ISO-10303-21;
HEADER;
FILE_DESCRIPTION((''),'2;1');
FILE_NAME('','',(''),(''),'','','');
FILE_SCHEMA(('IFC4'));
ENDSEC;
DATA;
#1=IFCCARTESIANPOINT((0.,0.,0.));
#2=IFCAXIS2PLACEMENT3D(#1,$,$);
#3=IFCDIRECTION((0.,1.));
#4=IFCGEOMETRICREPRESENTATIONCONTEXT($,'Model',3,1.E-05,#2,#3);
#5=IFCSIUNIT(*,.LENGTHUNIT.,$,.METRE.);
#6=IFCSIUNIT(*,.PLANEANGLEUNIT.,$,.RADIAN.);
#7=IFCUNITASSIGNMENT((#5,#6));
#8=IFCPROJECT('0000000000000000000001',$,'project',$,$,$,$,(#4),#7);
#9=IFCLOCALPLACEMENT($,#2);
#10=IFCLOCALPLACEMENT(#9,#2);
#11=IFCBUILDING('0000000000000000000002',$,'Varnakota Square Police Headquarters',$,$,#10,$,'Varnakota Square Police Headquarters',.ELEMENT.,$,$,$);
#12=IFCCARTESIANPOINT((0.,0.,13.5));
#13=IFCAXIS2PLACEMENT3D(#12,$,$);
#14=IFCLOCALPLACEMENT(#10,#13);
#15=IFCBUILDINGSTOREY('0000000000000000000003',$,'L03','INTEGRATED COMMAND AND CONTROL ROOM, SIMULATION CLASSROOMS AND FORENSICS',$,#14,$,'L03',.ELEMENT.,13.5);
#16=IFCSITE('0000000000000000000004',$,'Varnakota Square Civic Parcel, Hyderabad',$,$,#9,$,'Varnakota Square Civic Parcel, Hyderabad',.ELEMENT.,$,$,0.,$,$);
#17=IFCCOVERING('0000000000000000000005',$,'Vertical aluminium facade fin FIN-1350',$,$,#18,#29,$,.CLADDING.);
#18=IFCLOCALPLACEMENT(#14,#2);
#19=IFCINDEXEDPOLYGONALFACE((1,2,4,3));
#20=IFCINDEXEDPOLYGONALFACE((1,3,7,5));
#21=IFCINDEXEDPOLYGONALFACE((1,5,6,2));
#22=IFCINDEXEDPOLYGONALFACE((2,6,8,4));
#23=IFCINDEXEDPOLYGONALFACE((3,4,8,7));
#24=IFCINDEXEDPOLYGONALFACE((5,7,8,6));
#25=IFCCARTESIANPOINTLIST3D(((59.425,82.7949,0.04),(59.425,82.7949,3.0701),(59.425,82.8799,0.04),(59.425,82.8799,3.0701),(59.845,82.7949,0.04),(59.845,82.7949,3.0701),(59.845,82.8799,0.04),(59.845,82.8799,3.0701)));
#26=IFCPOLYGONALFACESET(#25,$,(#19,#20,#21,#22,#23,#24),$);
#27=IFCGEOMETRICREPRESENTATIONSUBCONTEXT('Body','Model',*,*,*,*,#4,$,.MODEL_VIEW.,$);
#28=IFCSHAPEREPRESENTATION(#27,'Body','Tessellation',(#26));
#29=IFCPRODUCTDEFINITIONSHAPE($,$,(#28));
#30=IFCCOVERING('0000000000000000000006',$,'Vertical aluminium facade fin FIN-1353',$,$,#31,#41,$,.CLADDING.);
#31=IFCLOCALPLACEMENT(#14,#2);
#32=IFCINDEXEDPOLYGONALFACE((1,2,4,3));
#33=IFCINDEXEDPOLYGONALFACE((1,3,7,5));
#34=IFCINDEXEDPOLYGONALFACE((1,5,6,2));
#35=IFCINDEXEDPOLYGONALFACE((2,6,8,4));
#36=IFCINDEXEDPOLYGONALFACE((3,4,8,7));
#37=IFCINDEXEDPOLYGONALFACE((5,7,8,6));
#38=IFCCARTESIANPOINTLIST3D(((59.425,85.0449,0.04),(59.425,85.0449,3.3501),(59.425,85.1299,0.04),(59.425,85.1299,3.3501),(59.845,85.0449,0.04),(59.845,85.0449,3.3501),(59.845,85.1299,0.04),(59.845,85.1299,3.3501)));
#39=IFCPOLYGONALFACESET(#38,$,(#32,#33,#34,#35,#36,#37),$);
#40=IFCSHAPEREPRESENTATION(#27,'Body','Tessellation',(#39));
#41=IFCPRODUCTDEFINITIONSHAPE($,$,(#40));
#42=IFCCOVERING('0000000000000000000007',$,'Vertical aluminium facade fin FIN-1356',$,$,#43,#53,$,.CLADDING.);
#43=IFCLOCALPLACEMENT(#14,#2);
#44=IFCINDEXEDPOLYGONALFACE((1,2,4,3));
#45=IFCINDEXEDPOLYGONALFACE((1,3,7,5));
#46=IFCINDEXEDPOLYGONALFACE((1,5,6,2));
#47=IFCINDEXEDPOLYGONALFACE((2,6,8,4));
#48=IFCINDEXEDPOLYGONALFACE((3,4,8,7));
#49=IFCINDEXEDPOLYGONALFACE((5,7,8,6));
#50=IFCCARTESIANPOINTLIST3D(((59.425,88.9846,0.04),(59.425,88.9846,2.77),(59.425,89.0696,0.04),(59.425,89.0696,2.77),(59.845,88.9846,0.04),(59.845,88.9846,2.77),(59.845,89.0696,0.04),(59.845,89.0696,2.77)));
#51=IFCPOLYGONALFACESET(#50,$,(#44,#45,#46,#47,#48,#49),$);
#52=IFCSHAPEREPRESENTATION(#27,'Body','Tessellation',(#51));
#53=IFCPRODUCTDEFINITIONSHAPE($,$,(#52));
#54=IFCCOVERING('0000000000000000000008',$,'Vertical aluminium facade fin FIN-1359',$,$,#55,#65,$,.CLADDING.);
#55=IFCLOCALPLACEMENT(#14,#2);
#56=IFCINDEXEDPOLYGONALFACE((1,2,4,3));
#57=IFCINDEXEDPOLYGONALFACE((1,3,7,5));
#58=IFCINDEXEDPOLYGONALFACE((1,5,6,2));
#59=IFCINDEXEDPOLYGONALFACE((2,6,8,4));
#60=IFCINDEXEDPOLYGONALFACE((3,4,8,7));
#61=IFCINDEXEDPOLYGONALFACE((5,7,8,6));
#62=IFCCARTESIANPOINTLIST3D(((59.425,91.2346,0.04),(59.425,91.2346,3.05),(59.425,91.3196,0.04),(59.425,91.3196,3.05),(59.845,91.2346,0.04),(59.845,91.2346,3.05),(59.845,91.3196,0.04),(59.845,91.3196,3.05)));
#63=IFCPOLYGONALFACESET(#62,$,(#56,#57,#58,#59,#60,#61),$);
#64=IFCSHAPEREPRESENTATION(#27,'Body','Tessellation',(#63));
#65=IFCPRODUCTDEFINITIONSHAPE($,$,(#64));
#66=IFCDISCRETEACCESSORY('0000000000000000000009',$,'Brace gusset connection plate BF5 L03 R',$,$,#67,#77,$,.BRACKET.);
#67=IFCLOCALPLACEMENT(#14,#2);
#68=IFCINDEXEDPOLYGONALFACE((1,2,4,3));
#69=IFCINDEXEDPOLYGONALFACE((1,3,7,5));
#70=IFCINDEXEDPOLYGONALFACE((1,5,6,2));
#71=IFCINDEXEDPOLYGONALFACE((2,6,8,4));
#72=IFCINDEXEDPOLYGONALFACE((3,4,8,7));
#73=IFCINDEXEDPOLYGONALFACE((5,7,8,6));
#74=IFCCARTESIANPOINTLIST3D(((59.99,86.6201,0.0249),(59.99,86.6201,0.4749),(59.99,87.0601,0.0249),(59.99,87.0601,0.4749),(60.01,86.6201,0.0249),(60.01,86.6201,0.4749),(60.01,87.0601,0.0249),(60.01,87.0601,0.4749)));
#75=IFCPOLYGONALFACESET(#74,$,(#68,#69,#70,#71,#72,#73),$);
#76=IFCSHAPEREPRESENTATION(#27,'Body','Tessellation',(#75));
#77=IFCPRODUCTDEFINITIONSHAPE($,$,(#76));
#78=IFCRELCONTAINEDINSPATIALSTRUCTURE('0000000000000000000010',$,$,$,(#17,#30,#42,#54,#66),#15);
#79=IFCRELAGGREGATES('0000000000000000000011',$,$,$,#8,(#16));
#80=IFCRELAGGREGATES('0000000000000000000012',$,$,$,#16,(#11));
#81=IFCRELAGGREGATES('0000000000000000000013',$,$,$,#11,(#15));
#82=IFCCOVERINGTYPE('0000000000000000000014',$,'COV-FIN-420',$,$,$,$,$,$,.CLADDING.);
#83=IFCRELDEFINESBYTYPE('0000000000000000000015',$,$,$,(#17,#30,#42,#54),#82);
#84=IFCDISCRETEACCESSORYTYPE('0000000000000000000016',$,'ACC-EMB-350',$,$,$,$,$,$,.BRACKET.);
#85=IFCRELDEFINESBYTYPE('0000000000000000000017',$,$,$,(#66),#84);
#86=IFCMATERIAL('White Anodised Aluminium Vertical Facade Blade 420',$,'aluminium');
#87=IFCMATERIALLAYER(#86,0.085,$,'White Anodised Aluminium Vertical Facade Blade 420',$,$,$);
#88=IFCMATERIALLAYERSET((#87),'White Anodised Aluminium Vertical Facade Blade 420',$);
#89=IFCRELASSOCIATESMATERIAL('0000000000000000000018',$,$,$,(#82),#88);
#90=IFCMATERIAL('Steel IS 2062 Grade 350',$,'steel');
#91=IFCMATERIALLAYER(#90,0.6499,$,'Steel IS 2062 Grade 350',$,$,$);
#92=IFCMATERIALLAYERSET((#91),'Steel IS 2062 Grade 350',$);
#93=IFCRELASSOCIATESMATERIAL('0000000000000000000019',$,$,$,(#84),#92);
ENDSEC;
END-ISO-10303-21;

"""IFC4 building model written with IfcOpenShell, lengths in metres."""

from ifc_helpers import new_model, si_unit, direction, frame, origin, origin_2d, place, context, subcontext, project, spatial, rectangle, extrude, material, layer, layer_set, type_object, element, save


model = new_model("IFC4")

# Units and contexts
model_context = context("Model", 3, precision=1e-05, world=origin(), true_north=direction((0.0, 1.0)))
body_context = subcontext(model_context, "Body", "Model", "MODEL_VIEW")
ifc_project = project(units=[si_unit("LENGTHUNIT", "METRE"), si_unit("PLANEANGLEUNIT", "RADIAN")], contexts=[model_context])

# Site, building, storey
site_placement = place(None, origin())
site = spatial("IfcSite", under=ifc_project, at=site_placement, Name="Varnakota Square Civic Parcel, Hyderabad", LongName="Varnakota Square Civic Parcel, Hyderabad", CompositionType="ELEMENT", RefElevation=0.0)
building_placement = place(site_placement, origin())
building = spatial("IfcBuilding", under=site, at=building_placement, Name="Varnakota Square Police Headquarters", LongName="Varnakota Square Police Headquarters", CompositionType="ELEMENT")
storey_placement = place(building_placement, frame((0.0, 0.0, 13.5)))
storey = spatial("IfcBuildingStorey", under=building, at=storey_placement, Name="L03", Description="INTEGRATED COMMAND AND CONTROL ROOM, SIMULATION CLASSROOMS AND FORENSICS", LongName="L03", CompositionType="ELEMENT", Elevation=13.5)

# Shared definitions
ifc_material_1 = material(Name="Steel IS 2062 Grade 350", Category="steel")

# Coverings
ifc_material_2 = material(Name="White Anodised Aluminium Vertical Facade Blade 420", Category="aluminium")
ifc_layer_1 = layer(ifc_material_2, 0.085, Name="White Anodised Aluminium Vertical Facade Blade 420")
ifc_layer_set_1 = layer_set([ifc_layer_1], Name="White Anodised Aluminium Vertical Facade Blade 420")
covering_type = type_object("IfcCoveringType", Name="COV-FIN-420", PredefinedType="CLADDING", material=ifc_layer_set_1)
covering_1_placement = place(storey_placement, frame((59.635, 82.8374, 0.04), z_axis=(0.0, 0.0, 1.0), x_axis=(0.0, 1.0, 0.0)))
element("IfcCovering", 1, at=covering_1_placement, inside=storey, type_object=covering_type, Name="Vertical aluminium facade fin FIN-1350", PredefinedType="CLADDING", context=body_context, shape_type="SweptSolid", body=[
    extrude(rectangle(XDim=0.085, YDim=0.4199, at=origin_2d()), origin(), (0.0, 0.0, 1.0), 3.03),
])
covering_2_placement = place(storey_placement, frame((59.635, 85.0874, 0.04), z_axis=(0.0, 0.0, 1.0), x_axis=(0.0, 1.0, 0.0)))
element("IfcCovering", 2, at=covering_2_placement, inside=storey, type_object=covering_type, Name="Vertical aluminium facade fin FIN-1353", PredefinedType="CLADDING", context=body_context, shape_type="SweptSolid", body=[
    extrude(rectangle(XDim=0.085, YDim=0.4199, at=origin_2d()), origin(), (0.0, 0.0, 1.0), 3.3101),
])
covering_3_placement = place(storey_placement, frame((59.635, 89.0271, 0.04), z_axis=(0.0, 0.0, 1.0), x_axis=(0.0, 1.0, 0.0)))
element("IfcCovering", 3, at=covering_3_placement, inside=storey, type_object=covering_type, Name="Vertical aluminium facade fin FIN-1356", PredefinedType="CLADDING", context=body_context, shape_type="SweptSolid", body=[
    extrude(rectangle(XDim=0.085, YDim=0.4199, at=origin_2d()), origin(), (0.0, 0.0, 1.0), 2.73),
])
covering_4_placement = place(storey_placement, frame((59.635, 91.2771, 0.04), z_axis=(0.0, 0.0, 1.0), x_axis=(0.0, 1.0, 0.0)))
element("IfcCovering", 4, at=covering_4_placement, inside=storey, type_object=covering_type, Name="Vertical aluminium facade fin FIN-1359", PredefinedType="CLADDING", context=body_context, shape_type="SweptSolid", body=[
    extrude(rectangle(XDim=0.085, YDim=0.4199, at=origin_2d()), origin(), (0.0, 0.0, 1.0), 3.01),
])

# Discrete accessory
ifc_layer_2 = layer(ifc_material_1, 0.6499, Name="Steel IS 2062 Grade 350")
ifc_layer_set_2 = layer_set([ifc_layer_2], Name="Steel IS 2062 Grade 350")
discrete_accessory_type = type_object("IfcDiscreteAccessoryType", Name="ACC-EMB-350", PredefinedType="BRACKET", material=ifc_layer_set_2)
discrete_accessory_placement = place(storey_placement, frame((60.0, 86.8401, 0.0249), z_axis=(0.0, 0.0, 1.0), x_axis=(0.0, 1.0, 0.0)))
element("IfcDiscreteAccessory", 5, at=discrete_accessory_placement, inside=storey, type_object=discrete_accessory_type, Name="Brace gusset connection plate BF5 L03 R", PredefinedType="BRACKET", context=body_context, shape_type="SweptSolid", body=[
    extrude(rectangle(XDim=0.4399, YDim=0.02, at=origin_2d()), origin(), (0.0, 0.0, 1.0), 0.45),
])

save(model, "model.ifc")
